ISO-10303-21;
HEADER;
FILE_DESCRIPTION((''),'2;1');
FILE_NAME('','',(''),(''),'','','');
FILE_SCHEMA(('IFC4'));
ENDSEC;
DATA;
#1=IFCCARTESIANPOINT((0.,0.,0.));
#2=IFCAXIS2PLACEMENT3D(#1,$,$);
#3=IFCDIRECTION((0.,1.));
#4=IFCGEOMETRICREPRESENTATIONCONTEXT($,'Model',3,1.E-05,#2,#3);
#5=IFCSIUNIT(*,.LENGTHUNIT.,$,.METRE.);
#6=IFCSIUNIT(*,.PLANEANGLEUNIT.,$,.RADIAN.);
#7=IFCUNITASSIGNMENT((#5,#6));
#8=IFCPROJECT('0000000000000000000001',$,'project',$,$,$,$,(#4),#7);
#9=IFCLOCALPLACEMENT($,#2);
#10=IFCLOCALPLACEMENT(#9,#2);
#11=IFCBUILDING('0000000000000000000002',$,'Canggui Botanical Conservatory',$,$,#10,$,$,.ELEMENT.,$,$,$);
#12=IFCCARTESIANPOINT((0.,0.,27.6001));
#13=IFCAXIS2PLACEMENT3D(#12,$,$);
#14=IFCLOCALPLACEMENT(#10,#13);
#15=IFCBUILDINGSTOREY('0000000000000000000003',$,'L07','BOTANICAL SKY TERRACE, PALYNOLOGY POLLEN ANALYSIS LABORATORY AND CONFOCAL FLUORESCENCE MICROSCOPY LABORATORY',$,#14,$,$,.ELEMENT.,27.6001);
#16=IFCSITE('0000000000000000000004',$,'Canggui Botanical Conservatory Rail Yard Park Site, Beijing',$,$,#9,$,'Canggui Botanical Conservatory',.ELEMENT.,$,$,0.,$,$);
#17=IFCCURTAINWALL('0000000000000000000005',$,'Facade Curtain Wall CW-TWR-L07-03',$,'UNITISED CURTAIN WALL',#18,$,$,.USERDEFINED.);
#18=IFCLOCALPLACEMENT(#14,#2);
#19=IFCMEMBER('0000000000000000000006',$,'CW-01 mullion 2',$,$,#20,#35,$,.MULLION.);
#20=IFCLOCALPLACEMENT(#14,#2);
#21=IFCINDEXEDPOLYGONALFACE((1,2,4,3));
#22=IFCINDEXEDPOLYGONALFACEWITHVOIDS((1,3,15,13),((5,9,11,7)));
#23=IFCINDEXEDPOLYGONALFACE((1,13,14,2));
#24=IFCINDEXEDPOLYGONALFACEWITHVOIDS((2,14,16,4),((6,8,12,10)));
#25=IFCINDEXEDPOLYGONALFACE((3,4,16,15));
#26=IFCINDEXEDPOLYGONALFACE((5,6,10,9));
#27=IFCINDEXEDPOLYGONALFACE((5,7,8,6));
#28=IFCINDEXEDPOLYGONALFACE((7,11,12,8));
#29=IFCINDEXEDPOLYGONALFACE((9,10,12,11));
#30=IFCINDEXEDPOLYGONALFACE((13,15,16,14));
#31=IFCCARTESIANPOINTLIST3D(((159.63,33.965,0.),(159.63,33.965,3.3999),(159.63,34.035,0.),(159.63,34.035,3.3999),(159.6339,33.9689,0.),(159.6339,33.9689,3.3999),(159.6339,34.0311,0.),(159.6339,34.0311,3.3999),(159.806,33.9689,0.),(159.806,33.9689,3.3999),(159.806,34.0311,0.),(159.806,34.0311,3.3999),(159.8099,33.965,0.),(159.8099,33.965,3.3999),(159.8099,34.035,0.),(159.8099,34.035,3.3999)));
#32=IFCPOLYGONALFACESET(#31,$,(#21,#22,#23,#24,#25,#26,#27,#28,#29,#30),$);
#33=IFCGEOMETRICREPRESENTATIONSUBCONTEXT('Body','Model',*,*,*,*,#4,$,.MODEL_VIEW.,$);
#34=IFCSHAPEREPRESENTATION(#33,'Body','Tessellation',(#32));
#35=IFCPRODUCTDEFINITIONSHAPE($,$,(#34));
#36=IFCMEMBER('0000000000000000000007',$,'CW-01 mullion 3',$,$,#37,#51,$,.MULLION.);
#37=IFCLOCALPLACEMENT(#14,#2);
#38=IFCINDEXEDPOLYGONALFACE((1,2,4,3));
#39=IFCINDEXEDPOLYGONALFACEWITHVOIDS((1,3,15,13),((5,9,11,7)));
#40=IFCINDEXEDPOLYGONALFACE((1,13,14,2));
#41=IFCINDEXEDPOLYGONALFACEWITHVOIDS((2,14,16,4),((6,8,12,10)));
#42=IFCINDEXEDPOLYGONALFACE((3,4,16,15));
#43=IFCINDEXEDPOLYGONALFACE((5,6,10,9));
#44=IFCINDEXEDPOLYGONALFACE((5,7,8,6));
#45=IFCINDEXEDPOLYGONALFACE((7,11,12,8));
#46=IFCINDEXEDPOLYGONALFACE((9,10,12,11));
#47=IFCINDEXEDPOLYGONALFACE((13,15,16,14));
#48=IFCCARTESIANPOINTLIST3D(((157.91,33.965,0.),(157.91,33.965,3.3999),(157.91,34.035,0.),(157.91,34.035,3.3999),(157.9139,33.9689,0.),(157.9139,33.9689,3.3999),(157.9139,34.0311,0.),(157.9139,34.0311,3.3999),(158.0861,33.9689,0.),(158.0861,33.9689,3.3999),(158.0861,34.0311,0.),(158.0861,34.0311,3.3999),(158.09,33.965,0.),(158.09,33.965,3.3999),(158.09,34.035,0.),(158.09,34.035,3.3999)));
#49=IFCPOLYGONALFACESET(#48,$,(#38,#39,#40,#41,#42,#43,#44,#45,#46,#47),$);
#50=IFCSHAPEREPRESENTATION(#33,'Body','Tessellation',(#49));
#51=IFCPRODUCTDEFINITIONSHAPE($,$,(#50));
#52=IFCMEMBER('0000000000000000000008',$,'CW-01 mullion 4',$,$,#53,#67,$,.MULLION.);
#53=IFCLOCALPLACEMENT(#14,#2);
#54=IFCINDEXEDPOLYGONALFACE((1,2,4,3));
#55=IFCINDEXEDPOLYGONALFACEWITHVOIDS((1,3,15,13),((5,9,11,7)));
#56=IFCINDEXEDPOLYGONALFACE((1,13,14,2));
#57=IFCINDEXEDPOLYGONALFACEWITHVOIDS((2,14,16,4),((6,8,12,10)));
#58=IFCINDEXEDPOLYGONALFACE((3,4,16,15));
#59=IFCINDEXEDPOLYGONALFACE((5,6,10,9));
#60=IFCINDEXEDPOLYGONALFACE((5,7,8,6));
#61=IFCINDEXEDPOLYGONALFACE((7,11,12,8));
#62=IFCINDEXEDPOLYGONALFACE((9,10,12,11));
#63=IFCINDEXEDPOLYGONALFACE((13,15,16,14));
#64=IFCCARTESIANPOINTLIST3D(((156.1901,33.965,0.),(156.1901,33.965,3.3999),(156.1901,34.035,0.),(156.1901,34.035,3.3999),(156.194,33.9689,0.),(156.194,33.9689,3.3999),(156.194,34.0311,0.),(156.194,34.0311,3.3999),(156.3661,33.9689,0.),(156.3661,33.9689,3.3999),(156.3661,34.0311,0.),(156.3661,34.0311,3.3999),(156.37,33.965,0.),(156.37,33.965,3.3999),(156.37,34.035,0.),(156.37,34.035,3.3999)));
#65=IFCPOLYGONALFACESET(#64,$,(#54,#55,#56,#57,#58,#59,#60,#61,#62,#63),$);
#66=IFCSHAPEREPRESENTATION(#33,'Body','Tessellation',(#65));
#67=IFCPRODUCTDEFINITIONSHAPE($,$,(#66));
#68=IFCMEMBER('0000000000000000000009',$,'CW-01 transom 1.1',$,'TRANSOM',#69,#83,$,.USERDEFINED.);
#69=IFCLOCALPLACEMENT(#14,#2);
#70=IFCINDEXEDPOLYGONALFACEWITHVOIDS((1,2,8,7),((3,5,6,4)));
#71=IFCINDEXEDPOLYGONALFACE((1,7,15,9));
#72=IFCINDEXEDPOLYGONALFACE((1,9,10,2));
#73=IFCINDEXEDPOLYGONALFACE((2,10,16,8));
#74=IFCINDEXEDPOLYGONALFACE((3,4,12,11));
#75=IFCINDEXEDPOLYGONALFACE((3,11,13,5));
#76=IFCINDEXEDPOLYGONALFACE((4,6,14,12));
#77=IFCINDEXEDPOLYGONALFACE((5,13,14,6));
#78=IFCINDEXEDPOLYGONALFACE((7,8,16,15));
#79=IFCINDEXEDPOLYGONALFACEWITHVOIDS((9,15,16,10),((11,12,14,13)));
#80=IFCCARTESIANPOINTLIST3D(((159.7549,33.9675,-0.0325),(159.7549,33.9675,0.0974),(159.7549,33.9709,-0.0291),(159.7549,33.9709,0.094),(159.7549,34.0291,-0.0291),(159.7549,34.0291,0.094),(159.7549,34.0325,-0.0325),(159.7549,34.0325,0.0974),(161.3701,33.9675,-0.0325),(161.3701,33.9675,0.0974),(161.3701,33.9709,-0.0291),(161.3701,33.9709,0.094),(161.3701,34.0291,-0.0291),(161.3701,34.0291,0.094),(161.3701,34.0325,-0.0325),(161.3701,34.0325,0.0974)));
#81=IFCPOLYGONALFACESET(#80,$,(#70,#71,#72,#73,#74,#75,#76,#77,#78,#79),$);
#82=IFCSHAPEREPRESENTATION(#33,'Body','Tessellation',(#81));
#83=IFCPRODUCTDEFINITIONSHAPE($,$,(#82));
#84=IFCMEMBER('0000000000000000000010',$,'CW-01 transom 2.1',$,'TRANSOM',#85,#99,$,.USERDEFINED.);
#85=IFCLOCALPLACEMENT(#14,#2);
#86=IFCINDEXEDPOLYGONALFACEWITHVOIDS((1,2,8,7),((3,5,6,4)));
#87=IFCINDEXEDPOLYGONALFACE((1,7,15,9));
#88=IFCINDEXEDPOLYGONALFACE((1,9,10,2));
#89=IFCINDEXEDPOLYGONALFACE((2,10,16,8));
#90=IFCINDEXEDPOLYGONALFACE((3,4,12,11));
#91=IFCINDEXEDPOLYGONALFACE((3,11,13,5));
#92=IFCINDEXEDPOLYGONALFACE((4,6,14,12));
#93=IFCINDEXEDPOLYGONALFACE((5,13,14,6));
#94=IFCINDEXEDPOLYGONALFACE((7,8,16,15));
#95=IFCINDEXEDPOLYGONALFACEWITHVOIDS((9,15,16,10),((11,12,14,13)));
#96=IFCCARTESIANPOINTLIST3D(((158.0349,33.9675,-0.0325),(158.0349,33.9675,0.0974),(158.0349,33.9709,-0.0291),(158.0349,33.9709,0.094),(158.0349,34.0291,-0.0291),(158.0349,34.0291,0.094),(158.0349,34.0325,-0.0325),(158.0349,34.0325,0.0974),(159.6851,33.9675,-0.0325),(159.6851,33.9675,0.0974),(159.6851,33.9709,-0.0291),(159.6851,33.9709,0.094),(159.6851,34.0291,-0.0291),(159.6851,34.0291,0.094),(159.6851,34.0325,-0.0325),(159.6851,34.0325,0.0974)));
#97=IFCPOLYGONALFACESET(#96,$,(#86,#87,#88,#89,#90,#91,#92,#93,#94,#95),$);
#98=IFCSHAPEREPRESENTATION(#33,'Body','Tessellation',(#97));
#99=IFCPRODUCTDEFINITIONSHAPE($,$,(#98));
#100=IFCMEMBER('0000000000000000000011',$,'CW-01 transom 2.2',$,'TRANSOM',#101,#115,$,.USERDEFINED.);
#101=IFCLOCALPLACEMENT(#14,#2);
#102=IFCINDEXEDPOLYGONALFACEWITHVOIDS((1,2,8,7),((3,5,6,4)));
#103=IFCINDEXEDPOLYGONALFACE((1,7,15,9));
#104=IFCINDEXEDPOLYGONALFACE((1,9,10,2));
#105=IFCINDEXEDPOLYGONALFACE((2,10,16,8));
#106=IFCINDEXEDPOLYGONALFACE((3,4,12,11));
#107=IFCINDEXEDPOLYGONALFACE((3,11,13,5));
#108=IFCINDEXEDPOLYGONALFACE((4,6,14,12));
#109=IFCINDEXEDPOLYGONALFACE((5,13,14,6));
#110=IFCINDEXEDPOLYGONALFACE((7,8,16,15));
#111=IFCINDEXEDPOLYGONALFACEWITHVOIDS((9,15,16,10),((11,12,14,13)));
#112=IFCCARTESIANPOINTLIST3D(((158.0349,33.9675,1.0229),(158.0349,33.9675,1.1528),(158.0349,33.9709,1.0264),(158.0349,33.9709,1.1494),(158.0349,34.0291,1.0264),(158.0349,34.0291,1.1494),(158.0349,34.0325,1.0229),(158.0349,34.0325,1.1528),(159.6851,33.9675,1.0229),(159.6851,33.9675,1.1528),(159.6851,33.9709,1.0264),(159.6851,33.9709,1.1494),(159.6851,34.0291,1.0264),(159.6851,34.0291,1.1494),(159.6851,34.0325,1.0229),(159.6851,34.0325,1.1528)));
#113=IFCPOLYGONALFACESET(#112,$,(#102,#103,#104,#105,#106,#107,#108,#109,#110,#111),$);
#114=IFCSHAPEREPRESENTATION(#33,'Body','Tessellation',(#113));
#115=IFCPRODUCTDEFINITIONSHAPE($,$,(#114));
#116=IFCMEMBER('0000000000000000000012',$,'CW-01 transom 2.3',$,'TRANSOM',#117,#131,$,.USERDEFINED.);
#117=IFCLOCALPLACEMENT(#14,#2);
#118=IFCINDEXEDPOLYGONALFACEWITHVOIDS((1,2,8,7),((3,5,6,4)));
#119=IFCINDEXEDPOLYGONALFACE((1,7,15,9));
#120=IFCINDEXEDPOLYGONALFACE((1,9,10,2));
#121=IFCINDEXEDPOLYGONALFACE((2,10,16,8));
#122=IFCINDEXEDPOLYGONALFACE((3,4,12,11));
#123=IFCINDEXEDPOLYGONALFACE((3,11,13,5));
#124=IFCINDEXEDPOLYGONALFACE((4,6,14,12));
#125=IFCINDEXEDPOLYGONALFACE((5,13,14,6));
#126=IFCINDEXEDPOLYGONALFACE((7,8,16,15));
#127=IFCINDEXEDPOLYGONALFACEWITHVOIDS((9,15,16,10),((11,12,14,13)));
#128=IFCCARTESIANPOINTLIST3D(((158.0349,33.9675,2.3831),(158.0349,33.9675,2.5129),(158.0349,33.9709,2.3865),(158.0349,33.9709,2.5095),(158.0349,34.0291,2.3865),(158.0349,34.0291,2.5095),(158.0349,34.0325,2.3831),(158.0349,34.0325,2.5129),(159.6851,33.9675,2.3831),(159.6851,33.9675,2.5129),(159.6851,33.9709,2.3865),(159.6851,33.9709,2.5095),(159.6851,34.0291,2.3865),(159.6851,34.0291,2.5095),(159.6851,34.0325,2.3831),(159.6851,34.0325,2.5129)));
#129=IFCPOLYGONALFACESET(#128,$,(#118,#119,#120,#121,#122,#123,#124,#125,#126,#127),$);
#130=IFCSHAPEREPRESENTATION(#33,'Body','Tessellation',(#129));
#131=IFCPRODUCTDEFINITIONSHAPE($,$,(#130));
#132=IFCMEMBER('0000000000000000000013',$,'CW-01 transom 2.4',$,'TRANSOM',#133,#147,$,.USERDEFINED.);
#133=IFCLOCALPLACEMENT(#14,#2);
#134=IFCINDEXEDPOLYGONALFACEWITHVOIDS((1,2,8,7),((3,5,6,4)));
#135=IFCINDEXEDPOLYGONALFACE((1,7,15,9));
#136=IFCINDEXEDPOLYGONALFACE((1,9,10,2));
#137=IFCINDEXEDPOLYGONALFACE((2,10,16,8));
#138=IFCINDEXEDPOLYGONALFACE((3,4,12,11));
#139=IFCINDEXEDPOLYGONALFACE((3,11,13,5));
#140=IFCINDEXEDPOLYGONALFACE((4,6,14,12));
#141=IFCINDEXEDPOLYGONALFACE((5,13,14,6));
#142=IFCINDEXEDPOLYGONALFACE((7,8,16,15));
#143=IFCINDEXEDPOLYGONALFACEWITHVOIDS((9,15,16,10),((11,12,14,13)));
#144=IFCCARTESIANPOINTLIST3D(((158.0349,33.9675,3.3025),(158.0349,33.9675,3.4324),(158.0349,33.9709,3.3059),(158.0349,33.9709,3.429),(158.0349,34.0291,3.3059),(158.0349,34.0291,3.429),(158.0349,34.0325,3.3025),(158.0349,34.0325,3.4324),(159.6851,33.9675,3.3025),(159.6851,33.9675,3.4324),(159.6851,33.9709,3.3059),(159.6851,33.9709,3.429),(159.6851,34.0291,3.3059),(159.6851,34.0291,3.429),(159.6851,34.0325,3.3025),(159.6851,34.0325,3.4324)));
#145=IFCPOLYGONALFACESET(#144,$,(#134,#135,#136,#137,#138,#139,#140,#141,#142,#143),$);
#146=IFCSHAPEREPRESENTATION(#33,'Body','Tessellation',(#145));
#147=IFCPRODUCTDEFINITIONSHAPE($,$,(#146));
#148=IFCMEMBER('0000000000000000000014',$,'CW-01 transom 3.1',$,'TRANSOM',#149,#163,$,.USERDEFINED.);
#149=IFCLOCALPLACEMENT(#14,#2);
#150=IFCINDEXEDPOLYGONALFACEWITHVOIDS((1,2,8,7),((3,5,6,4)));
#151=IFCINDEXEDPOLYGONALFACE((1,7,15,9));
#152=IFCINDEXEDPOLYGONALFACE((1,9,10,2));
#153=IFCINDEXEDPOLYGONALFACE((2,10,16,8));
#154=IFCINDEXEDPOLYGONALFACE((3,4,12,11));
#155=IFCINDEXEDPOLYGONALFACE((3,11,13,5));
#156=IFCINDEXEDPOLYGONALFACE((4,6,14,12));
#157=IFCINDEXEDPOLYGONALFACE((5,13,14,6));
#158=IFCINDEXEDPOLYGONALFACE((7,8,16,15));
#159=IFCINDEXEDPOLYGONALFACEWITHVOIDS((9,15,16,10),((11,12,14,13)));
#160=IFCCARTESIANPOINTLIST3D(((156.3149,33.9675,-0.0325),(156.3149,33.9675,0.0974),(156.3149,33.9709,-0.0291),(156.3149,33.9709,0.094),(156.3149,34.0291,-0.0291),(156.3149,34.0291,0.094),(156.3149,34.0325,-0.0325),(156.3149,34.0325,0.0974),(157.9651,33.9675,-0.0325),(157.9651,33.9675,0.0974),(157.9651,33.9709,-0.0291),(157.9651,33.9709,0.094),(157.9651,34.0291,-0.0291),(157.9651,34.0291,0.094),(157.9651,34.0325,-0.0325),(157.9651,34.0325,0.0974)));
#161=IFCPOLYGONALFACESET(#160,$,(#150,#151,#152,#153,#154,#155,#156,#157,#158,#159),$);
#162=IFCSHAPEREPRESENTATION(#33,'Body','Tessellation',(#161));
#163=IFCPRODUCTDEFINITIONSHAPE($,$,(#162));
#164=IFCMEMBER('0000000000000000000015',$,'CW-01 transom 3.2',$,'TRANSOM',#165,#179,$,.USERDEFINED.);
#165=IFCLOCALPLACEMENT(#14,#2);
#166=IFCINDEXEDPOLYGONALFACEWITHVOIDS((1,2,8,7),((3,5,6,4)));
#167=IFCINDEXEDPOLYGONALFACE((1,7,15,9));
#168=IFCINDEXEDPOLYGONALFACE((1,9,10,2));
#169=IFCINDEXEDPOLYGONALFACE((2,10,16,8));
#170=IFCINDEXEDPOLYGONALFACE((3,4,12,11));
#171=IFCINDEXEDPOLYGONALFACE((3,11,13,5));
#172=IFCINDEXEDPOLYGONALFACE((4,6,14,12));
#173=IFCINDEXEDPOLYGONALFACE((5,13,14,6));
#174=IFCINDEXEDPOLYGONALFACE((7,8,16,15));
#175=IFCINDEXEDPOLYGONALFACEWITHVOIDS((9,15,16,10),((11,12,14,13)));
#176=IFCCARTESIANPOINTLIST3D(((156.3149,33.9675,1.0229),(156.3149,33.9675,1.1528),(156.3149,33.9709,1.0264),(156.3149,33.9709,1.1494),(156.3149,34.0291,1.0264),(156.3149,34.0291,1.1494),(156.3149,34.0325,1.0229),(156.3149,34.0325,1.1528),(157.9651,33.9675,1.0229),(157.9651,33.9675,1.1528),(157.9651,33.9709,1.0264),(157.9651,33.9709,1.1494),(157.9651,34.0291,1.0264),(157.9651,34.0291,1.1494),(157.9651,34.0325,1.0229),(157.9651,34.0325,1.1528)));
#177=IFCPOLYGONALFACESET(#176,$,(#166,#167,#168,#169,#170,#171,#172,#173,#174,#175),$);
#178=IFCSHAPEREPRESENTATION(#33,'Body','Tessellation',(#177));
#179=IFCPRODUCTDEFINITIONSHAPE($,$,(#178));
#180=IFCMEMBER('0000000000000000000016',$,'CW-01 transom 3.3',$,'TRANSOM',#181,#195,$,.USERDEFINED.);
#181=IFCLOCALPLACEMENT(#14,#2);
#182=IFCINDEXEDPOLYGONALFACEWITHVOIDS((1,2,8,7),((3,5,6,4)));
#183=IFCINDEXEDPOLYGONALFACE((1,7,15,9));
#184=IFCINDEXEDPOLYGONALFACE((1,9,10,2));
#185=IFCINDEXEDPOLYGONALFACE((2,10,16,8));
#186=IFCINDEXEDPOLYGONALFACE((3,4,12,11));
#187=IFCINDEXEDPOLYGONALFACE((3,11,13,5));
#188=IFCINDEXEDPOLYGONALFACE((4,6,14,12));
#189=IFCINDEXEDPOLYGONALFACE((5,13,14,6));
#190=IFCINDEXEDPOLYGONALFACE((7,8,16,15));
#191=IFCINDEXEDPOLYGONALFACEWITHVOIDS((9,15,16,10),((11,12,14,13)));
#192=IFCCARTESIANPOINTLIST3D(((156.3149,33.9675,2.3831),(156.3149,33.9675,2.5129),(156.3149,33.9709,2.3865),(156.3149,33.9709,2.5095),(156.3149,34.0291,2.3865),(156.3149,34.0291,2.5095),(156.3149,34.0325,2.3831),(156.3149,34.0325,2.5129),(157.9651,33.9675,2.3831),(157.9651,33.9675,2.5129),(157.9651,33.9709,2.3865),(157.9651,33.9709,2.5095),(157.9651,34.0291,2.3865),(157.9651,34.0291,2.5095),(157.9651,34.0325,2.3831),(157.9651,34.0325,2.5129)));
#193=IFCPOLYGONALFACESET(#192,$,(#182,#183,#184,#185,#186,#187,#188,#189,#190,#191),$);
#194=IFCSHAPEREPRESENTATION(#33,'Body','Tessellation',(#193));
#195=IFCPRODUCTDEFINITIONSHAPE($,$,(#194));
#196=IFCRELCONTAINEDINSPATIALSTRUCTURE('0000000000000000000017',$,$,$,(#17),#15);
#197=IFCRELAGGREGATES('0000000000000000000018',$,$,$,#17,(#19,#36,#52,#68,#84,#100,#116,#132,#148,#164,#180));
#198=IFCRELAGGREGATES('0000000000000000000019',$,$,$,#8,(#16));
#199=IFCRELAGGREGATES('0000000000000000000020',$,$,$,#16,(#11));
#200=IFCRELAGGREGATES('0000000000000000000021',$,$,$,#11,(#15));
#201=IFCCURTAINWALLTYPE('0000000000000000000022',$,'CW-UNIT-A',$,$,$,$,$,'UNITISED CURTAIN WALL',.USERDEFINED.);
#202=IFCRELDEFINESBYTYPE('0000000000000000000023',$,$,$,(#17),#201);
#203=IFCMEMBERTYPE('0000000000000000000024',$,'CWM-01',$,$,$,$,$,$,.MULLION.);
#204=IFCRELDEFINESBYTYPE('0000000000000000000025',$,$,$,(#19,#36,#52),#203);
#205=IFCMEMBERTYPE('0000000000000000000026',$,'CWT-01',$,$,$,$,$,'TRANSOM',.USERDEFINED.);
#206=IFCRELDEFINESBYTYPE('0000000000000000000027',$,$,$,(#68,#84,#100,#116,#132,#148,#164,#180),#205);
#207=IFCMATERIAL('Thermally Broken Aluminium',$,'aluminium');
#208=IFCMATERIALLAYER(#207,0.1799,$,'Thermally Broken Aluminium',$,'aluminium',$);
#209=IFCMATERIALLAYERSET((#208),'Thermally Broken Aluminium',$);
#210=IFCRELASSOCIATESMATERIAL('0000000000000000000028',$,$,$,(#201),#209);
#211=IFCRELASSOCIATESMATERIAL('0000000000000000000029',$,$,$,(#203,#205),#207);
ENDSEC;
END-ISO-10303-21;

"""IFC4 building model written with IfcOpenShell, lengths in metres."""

from ifc_helpers import new_model, si_unit, direction, frame, origin, origin_2d, place, context, subcontext, project, spatial, hollow_rectangle, extrude, material, layer, layer_set, material_profile, profile_set, type_object, element, aggregate, save


model = new_model("IFC4")

# Units and contexts
model_context = context("Model", 3, precision=1e-05, world=origin(), true_north=direction((0.0, 1.0)))
body_context = subcontext(model_context, "Body", "Model", "MODEL_VIEW")
ifc_project = project(units=[si_unit("LENGTHUNIT", "METRE"), si_unit("PLANEANGLEUNIT", "RADIAN")], contexts=[model_context])

# Site, building, storey
site_placement = place(None, origin())
site = spatial("IfcSite", under=ifc_project, at=site_placement, Name="Canggui Botanical Conservatory Rail Yard Park Site, Beijing", LongName="Canggui Botanical Conservatory", CompositionType="ELEMENT", RefElevation=0.0)
building_placement = place(site_placement, origin())
building = spatial("IfcBuilding", under=site, at=building_placement, Name="Canggui Botanical Conservatory", CompositionType="ELEMENT")
storey_placement = place(building_placement, frame((0.0, 0.0, 27.6001)))
storey = spatial("IfcBuildingStorey", under=building, at=storey_placement, Name="L07", Description="BOTANICAL SKY TERRACE, PALYNOLOGY POLLEN ANALYSIS LABORATORY AND CONFOCAL FLUORESCENCE MICROSCOPY LABORATORY", CompositionType="ELEMENT", Elevation=27.6001)

# Curtain wall, members
ifc_material_1 = material(Name="Thermally Broken Aluminium", Category="aluminium")
ifc_layer_1 = layer(ifc_material_1, 0.1799, Name="Thermally Broken Aluminium", Category="aluminium")
ifc_layer_set_1 = layer_set([ifc_layer_1], Name="Thermally Broken Aluminium")
curtain_wall_type = type_object("IfcCurtainWallType", Name="CW-UNIT-A", ElementType="UNITISED CURTAIN WALL", PredefinedType="USERDEFINED", material=ifc_layer_set_1)
curtain_wall_placement = place(storey_placement, origin())
curtain_wall = element("IfcCurtainWall", 1, at=curtain_wall_placement, inside=storey, type_object=curtain_wall_type, Name="Facade Curtain Wall CW-TWR-L07-03", ObjectType="UNITISED CURTAIN WALL", PredefinedType="USERDEFINED")
ifc_material_profile_1 = material_profile(ifc_material_1, hollow_rectangle(XDim=0.0701, YDim=0.1799, WallThickness=0.0039, at=origin_2d()), Name="CWM 70x180x4")
ifc_profile_set_1 = profile_set([ifc_material_profile_1], Name="Thermally Broken Aluminium")
member_type_1 = type_object("IfcMemberType", Name="CWM-01", PredefinedType="MULLION", material=ifc_profile_set_1)
member_1_placement = place(storey_placement, frame((159.72, 34.0, 0.0), z_axis=(0.0, 0.0, 1.0), x_axis=(0.0, -1.0, 0.0)))
member_1 = element("IfcMember", 2, at=member_1_placement, type_object=member_type_1, Name="CW-01 mullion 2", PredefinedType="MULLION", context=body_context, shape_type="SweptSolid", body=[
    extrude(hollow_rectangle(XDim=0.0701, YDim=0.1799, WallThickness=0.0039, at=origin_2d()), origin(), (0.0, 0.0, 1.0), 3.3999),
])
member_2_placement = place(storey_placement, frame((158.0, 34.0, 0.0), z_axis=(0.0, 0.0, 1.0), x_axis=(0.0, -1.0, 0.0)))
member_2 = element("IfcMember", 3, at=member_2_placement, type_object=member_type_1, Name="CW-01 mullion 3", PredefinedType="MULLION", context=body_context, shape_type="SweptSolid", body=[
    extrude(hollow_rectangle(XDim=0.0701, YDim=0.1799, WallThickness=0.0039, at=origin_2d()), origin(), (0.0, 0.0, 1.0), 3.3999),
])
member_3_placement = place(storey_placement, frame((156.28, 34.0, 0.0), z_axis=(0.0, 0.0, 1.0), x_axis=(0.0, -1.0, 0.0)))
member_3 = element("IfcMember", 4, at=member_3_placement, type_object=member_type_1, Name="CW-01 mullion 4", PredefinedType="MULLION", context=body_context, shape_type="SweptSolid", body=[
    extrude(hollow_rectangle(XDim=0.0701, YDim=0.1799, WallThickness=0.0039, at=origin_2d()), origin(), (0.0, 0.0, 1.0), 3.3999),
])
ifc_material_profile_2 = material_profile(ifc_material_1, hollow_rectangle(XDim=0.0649, YDim=0.1299, WallThickness=0.0034, at=origin_2d()), Name="CWT 65x130x3.5")
ifc_profile_set_2 = profile_set([ifc_material_profile_2], Name="Thermally Broken Aluminium")
member_type_2 = type_object("IfcMemberType", Name="CWT-01", ElementType="TRANSOM", PredefinedType="USERDEFINED", material=ifc_profile_set_2)
member_4_placement = place(storey_placement, frame((161.3701, 34.0, 0.0325), z_axis=(-1.0, 0.0, 0.0), x_axis=(0.0, -1.0, 0.0)))
member_4 = element("IfcMember", 5, at=member_4_placement, type_object=member_type_2, Name="CW-01 transom 1.1", ObjectType="TRANSOM", PredefinedType="USERDEFINED", context=body_context, shape_type="SweptSolid", body=[
    extrude(hollow_rectangle(XDim=0.0649, YDim=0.1299, WallThickness=0.0034, at=origin_2d()), origin(), (0.0, 0.0, 1.0), 1.6152),
])
member_5_placement = place(storey_placement, frame((159.6851, 34.0, 0.0325), z_axis=(-1.0, 0.0, 0.0), x_axis=(0.0, -1.0, 0.0)))
member_5 = element("IfcMember", 6, at=member_5_placement, type_object=member_type_2, Name="CW-01 transom 2.1", ObjectType="TRANSOM", PredefinedType="USERDEFINED", context=body_context, shape_type="SweptSolid", body=[
    extrude(hollow_rectangle(XDim=0.0649, YDim=0.1299, WallThickness=0.0034, at=origin_2d()), origin(), (0.0, 0.0, 1.0), 1.6501),
])
member_6_placement = place(storey_placement, frame((159.6851, 34.0, 1.0879), z_axis=(-1.0, 0.0, 0.0), x_axis=(0.0, -1.0, 0.0)))
member_6 = element("IfcMember", 7, at=member_6_placement, type_object=member_type_2, Name="CW-01 transom 2.2", ObjectType="TRANSOM", PredefinedType="USERDEFINED", context=body_context, shape_type="SweptSolid", body=[
    extrude(hollow_rectangle(XDim=0.0649, YDim=0.1299, WallThickness=0.0034, at=origin_2d()), origin(), (0.0, 0.0, 1.0), 1.6501),
])
member_7_placement = place(storey_placement, frame((159.6851, 34.0, 2.448), z_axis=(-1.0, 0.0, 0.0), x_axis=(0.0, -1.0, 0.0)))
member_7 = element("IfcMember", 8, at=member_7_placement, type_object=member_type_2, Name="CW-01 transom 2.3", ObjectType="TRANSOM", PredefinedType="USERDEFINED", context=body_context, shape_type="SweptSolid", body=[
    extrude(hollow_rectangle(XDim=0.0649, YDim=0.1299, WallThickness=0.0034, at=origin_2d()), origin(), (0.0, 0.0, 1.0), 1.6501),
])
member_8_placement = place(storey_placement, frame((159.6851, 34.0, 3.3674), z_axis=(-1.0, 0.0, 0.0), x_axis=(0.0, -1.0, 0.0)))
member_8 = element("IfcMember", 9, at=member_8_placement, type_object=member_type_2, Name="CW-01 transom 2.4", ObjectType="TRANSOM", PredefinedType="USERDEFINED", context=body_context, shape_type="SweptSolid", body=[
    extrude(hollow_rectangle(XDim=0.0649, YDim=0.1299, WallThickness=0.0034, at=origin_2d()), origin(), (0.0, 0.0, 1.0), 1.6501),
])
member_9_placement = place(storey_placement, frame((157.9651, 34.0, 0.0325), z_axis=(-1.0, 0.0, 0.0), x_axis=(0.0, -1.0, 0.0)))
member_9 = element("IfcMember", 10, at=member_9_placement, type_object=member_type_2, Name="CW-01 transom 3.1", ObjectType="TRANSOM", PredefinedType="USERDEFINED", context=body_context, shape_type="SweptSolid", body=[
    extrude(hollow_rectangle(XDim=0.0649, YDim=0.1299, WallThickness=0.0034, at=origin_2d()), origin(), (0.0, 0.0, 1.0), 1.6501),
])
member_10_placement = place(storey_placement, frame((157.9651, 34.0, 1.0879), z_axis=(-1.0, 0.0, 0.0), x_axis=(0.0, -1.0, 0.0)))
member_10 = element("IfcMember", 11, at=member_10_placement, type_object=member_type_2, Name="CW-01 transom 3.2", ObjectType="TRANSOM", PredefinedType="USERDEFINED", context=body_context, shape_type="SweptSolid", body=[
    extrude(hollow_rectangle(XDim=0.0649, YDim=0.1299, WallThickness=0.0034, at=origin_2d()), origin(), (0.0, 0.0, 1.0), 1.6501),
])
member_11_placement = place(storey_placement, frame((157.9651, 34.0, 2.448), z_axis=(-1.0, 0.0, 0.0), x_axis=(0.0, -1.0, 0.0)))
member_11 = element("IfcMember", 12, at=member_11_placement, type_object=member_type_2, Name="CW-01 transom 3.3", ObjectType="TRANSOM", PredefinedType="USERDEFINED", context=body_context, shape_type="SweptSolid", body=[
    extrude(hollow_rectangle(XDim=0.0649, YDim=0.1299, WallThickness=0.0034, at=origin_2d()), origin(), (0.0, 0.0, 1.0), 1.6501),
])
aggregate(curtain_wall, [member_1, member_2, member_3, member_4, member_5, member_6, member_7, member_8, member_9, member_10, member_11])

save(model, "model.ifc")
